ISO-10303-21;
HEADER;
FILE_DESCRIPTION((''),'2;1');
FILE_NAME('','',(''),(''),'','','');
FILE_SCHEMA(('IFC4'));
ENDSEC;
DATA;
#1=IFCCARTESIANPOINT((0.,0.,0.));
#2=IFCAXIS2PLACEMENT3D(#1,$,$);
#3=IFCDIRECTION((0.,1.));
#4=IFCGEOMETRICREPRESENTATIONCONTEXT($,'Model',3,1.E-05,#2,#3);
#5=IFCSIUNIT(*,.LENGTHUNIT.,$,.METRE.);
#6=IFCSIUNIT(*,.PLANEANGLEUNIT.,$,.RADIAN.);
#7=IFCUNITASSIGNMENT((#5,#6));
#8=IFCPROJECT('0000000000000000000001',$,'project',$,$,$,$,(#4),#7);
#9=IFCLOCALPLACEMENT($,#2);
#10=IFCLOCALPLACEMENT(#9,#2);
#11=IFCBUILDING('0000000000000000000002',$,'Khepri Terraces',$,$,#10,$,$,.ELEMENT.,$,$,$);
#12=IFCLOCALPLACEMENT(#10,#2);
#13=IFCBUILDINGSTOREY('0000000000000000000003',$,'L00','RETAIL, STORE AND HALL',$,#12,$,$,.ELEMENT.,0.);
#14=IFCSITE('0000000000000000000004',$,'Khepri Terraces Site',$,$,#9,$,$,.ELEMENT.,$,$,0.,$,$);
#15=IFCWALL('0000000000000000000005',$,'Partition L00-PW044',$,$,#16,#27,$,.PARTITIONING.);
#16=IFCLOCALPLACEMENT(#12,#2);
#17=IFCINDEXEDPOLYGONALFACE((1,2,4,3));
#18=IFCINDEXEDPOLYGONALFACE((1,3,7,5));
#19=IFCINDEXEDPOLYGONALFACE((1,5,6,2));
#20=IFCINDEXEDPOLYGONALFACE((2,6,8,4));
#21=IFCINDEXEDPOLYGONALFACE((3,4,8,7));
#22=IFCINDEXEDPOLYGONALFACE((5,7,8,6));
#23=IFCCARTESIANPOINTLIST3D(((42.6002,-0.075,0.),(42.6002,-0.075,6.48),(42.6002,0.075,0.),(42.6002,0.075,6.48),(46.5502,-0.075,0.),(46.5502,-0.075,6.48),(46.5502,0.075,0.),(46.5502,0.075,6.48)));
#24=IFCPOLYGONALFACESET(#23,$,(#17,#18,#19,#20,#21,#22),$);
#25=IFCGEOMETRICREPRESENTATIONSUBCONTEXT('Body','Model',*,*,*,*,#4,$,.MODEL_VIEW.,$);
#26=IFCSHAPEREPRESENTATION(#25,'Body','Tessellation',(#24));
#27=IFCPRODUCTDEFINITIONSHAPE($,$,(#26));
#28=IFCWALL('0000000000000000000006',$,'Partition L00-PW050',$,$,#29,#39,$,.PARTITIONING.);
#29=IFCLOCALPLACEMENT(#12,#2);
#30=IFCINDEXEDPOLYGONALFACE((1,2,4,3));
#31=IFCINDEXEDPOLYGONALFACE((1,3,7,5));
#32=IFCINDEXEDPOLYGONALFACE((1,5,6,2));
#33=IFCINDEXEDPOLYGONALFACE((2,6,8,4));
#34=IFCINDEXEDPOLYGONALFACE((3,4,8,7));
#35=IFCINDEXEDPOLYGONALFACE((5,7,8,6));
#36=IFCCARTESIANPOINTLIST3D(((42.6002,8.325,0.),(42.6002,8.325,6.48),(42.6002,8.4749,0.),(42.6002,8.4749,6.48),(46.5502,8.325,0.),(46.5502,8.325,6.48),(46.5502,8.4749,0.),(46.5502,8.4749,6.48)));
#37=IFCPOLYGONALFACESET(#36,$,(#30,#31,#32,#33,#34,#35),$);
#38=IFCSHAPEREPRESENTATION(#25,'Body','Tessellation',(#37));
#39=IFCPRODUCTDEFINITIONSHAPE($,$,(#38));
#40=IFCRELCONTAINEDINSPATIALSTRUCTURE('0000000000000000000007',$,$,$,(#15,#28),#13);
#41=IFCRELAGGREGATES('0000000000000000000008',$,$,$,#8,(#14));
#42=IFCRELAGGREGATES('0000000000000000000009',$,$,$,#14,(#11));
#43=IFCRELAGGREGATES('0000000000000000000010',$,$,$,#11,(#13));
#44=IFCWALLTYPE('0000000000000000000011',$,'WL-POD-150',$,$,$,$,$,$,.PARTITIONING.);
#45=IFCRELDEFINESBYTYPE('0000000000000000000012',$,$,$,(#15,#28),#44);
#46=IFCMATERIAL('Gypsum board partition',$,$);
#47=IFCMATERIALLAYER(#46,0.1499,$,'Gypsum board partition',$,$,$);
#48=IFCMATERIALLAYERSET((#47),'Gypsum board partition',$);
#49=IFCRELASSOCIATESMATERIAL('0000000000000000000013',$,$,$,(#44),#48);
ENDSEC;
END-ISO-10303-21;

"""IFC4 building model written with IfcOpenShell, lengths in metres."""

from ifc_helpers import new_model, si_unit, direction, frame, frame_2d, origin, place, context, subcontext, project, spatial, rectangle, extrude, material, layer, layer_set, type_object, element, save


model = new_model("IFC4")

# Units and contexts
model_context = context("Model", 3, precision=1e-05, world=origin(), true_north=direction((0.0, 1.0)))
body_context = subcontext(model_context, "Body", "Model", "MODEL_VIEW")
ifc_project = project(units=[si_unit("LENGTHUNIT", "METRE"), si_unit("PLANEANGLEUNIT", "RADIAN")], contexts=[model_context])

# Site, building, storey
site_placement = place(None, origin())
site = spatial("IfcSite", under=ifc_project, at=site_placement, Name="Khepri Terraces Site", CompositionType="ELEMENT", RefElevation=0.0)
building_placement = place(site_placement, origin())
building = spatial("IfcBuilding", under=site, at=building_placement, Name="Khepri Terraces", CompositionType="ELEMENT")
storey_placement = place(building_placement, origin())
storey = spatial("IfcBuildingStorey", under=building, at=storey_placement, Name="L00", Description="RETAIL, STORE AND HALL", CompositionType="ELEMENT", Elevation=0.0)

# Walls
ifc_material_1 = material(Name="Gypsum board partition")
ifc_layer_1 = layer(ifc_material_1, 0.1499, Name="Gypsum board partition")
ifc_layer_set_1 = layer_set([ifc_layer_1], Name="Gypsum board partition")
wall_type_1 = type_object("IfcWallType", Name="WL-POD-150", PredefinedType="PARTITIONING", material=ifc_layer_set_1)
for number, where, z_axis, x_axis, name in (
    (1, (42.6001, 0.0, 0.0), (0.0, 0.0, 1.0), (1.0, 0.0, 0.0), "Partition L00-PW044"),
    (2, (42.6001, 8.3999, 0.0), (0.0, 0.0, 1.0), (1.0, 0.0, 0.0), "Partition L00-PW050"),
):
    element("IfcWall", number, at=place(storey_placement, frame(where, z_axis=z_axis, x_axis=x_axis)), inside=storey, type_object=wall_type_1, Name=name, PredefinedType="PARTITIONING", context=body_context, shape_type="SweptSolid", body=[
        extrude(rectangle(XDim=3.95, YDim=0.1499, at=frame_2d((1.9751, 0.0))), origin(), (0.0, 0.0, 1.0), 6.48),
    ])

save(model, "model.ifc")
